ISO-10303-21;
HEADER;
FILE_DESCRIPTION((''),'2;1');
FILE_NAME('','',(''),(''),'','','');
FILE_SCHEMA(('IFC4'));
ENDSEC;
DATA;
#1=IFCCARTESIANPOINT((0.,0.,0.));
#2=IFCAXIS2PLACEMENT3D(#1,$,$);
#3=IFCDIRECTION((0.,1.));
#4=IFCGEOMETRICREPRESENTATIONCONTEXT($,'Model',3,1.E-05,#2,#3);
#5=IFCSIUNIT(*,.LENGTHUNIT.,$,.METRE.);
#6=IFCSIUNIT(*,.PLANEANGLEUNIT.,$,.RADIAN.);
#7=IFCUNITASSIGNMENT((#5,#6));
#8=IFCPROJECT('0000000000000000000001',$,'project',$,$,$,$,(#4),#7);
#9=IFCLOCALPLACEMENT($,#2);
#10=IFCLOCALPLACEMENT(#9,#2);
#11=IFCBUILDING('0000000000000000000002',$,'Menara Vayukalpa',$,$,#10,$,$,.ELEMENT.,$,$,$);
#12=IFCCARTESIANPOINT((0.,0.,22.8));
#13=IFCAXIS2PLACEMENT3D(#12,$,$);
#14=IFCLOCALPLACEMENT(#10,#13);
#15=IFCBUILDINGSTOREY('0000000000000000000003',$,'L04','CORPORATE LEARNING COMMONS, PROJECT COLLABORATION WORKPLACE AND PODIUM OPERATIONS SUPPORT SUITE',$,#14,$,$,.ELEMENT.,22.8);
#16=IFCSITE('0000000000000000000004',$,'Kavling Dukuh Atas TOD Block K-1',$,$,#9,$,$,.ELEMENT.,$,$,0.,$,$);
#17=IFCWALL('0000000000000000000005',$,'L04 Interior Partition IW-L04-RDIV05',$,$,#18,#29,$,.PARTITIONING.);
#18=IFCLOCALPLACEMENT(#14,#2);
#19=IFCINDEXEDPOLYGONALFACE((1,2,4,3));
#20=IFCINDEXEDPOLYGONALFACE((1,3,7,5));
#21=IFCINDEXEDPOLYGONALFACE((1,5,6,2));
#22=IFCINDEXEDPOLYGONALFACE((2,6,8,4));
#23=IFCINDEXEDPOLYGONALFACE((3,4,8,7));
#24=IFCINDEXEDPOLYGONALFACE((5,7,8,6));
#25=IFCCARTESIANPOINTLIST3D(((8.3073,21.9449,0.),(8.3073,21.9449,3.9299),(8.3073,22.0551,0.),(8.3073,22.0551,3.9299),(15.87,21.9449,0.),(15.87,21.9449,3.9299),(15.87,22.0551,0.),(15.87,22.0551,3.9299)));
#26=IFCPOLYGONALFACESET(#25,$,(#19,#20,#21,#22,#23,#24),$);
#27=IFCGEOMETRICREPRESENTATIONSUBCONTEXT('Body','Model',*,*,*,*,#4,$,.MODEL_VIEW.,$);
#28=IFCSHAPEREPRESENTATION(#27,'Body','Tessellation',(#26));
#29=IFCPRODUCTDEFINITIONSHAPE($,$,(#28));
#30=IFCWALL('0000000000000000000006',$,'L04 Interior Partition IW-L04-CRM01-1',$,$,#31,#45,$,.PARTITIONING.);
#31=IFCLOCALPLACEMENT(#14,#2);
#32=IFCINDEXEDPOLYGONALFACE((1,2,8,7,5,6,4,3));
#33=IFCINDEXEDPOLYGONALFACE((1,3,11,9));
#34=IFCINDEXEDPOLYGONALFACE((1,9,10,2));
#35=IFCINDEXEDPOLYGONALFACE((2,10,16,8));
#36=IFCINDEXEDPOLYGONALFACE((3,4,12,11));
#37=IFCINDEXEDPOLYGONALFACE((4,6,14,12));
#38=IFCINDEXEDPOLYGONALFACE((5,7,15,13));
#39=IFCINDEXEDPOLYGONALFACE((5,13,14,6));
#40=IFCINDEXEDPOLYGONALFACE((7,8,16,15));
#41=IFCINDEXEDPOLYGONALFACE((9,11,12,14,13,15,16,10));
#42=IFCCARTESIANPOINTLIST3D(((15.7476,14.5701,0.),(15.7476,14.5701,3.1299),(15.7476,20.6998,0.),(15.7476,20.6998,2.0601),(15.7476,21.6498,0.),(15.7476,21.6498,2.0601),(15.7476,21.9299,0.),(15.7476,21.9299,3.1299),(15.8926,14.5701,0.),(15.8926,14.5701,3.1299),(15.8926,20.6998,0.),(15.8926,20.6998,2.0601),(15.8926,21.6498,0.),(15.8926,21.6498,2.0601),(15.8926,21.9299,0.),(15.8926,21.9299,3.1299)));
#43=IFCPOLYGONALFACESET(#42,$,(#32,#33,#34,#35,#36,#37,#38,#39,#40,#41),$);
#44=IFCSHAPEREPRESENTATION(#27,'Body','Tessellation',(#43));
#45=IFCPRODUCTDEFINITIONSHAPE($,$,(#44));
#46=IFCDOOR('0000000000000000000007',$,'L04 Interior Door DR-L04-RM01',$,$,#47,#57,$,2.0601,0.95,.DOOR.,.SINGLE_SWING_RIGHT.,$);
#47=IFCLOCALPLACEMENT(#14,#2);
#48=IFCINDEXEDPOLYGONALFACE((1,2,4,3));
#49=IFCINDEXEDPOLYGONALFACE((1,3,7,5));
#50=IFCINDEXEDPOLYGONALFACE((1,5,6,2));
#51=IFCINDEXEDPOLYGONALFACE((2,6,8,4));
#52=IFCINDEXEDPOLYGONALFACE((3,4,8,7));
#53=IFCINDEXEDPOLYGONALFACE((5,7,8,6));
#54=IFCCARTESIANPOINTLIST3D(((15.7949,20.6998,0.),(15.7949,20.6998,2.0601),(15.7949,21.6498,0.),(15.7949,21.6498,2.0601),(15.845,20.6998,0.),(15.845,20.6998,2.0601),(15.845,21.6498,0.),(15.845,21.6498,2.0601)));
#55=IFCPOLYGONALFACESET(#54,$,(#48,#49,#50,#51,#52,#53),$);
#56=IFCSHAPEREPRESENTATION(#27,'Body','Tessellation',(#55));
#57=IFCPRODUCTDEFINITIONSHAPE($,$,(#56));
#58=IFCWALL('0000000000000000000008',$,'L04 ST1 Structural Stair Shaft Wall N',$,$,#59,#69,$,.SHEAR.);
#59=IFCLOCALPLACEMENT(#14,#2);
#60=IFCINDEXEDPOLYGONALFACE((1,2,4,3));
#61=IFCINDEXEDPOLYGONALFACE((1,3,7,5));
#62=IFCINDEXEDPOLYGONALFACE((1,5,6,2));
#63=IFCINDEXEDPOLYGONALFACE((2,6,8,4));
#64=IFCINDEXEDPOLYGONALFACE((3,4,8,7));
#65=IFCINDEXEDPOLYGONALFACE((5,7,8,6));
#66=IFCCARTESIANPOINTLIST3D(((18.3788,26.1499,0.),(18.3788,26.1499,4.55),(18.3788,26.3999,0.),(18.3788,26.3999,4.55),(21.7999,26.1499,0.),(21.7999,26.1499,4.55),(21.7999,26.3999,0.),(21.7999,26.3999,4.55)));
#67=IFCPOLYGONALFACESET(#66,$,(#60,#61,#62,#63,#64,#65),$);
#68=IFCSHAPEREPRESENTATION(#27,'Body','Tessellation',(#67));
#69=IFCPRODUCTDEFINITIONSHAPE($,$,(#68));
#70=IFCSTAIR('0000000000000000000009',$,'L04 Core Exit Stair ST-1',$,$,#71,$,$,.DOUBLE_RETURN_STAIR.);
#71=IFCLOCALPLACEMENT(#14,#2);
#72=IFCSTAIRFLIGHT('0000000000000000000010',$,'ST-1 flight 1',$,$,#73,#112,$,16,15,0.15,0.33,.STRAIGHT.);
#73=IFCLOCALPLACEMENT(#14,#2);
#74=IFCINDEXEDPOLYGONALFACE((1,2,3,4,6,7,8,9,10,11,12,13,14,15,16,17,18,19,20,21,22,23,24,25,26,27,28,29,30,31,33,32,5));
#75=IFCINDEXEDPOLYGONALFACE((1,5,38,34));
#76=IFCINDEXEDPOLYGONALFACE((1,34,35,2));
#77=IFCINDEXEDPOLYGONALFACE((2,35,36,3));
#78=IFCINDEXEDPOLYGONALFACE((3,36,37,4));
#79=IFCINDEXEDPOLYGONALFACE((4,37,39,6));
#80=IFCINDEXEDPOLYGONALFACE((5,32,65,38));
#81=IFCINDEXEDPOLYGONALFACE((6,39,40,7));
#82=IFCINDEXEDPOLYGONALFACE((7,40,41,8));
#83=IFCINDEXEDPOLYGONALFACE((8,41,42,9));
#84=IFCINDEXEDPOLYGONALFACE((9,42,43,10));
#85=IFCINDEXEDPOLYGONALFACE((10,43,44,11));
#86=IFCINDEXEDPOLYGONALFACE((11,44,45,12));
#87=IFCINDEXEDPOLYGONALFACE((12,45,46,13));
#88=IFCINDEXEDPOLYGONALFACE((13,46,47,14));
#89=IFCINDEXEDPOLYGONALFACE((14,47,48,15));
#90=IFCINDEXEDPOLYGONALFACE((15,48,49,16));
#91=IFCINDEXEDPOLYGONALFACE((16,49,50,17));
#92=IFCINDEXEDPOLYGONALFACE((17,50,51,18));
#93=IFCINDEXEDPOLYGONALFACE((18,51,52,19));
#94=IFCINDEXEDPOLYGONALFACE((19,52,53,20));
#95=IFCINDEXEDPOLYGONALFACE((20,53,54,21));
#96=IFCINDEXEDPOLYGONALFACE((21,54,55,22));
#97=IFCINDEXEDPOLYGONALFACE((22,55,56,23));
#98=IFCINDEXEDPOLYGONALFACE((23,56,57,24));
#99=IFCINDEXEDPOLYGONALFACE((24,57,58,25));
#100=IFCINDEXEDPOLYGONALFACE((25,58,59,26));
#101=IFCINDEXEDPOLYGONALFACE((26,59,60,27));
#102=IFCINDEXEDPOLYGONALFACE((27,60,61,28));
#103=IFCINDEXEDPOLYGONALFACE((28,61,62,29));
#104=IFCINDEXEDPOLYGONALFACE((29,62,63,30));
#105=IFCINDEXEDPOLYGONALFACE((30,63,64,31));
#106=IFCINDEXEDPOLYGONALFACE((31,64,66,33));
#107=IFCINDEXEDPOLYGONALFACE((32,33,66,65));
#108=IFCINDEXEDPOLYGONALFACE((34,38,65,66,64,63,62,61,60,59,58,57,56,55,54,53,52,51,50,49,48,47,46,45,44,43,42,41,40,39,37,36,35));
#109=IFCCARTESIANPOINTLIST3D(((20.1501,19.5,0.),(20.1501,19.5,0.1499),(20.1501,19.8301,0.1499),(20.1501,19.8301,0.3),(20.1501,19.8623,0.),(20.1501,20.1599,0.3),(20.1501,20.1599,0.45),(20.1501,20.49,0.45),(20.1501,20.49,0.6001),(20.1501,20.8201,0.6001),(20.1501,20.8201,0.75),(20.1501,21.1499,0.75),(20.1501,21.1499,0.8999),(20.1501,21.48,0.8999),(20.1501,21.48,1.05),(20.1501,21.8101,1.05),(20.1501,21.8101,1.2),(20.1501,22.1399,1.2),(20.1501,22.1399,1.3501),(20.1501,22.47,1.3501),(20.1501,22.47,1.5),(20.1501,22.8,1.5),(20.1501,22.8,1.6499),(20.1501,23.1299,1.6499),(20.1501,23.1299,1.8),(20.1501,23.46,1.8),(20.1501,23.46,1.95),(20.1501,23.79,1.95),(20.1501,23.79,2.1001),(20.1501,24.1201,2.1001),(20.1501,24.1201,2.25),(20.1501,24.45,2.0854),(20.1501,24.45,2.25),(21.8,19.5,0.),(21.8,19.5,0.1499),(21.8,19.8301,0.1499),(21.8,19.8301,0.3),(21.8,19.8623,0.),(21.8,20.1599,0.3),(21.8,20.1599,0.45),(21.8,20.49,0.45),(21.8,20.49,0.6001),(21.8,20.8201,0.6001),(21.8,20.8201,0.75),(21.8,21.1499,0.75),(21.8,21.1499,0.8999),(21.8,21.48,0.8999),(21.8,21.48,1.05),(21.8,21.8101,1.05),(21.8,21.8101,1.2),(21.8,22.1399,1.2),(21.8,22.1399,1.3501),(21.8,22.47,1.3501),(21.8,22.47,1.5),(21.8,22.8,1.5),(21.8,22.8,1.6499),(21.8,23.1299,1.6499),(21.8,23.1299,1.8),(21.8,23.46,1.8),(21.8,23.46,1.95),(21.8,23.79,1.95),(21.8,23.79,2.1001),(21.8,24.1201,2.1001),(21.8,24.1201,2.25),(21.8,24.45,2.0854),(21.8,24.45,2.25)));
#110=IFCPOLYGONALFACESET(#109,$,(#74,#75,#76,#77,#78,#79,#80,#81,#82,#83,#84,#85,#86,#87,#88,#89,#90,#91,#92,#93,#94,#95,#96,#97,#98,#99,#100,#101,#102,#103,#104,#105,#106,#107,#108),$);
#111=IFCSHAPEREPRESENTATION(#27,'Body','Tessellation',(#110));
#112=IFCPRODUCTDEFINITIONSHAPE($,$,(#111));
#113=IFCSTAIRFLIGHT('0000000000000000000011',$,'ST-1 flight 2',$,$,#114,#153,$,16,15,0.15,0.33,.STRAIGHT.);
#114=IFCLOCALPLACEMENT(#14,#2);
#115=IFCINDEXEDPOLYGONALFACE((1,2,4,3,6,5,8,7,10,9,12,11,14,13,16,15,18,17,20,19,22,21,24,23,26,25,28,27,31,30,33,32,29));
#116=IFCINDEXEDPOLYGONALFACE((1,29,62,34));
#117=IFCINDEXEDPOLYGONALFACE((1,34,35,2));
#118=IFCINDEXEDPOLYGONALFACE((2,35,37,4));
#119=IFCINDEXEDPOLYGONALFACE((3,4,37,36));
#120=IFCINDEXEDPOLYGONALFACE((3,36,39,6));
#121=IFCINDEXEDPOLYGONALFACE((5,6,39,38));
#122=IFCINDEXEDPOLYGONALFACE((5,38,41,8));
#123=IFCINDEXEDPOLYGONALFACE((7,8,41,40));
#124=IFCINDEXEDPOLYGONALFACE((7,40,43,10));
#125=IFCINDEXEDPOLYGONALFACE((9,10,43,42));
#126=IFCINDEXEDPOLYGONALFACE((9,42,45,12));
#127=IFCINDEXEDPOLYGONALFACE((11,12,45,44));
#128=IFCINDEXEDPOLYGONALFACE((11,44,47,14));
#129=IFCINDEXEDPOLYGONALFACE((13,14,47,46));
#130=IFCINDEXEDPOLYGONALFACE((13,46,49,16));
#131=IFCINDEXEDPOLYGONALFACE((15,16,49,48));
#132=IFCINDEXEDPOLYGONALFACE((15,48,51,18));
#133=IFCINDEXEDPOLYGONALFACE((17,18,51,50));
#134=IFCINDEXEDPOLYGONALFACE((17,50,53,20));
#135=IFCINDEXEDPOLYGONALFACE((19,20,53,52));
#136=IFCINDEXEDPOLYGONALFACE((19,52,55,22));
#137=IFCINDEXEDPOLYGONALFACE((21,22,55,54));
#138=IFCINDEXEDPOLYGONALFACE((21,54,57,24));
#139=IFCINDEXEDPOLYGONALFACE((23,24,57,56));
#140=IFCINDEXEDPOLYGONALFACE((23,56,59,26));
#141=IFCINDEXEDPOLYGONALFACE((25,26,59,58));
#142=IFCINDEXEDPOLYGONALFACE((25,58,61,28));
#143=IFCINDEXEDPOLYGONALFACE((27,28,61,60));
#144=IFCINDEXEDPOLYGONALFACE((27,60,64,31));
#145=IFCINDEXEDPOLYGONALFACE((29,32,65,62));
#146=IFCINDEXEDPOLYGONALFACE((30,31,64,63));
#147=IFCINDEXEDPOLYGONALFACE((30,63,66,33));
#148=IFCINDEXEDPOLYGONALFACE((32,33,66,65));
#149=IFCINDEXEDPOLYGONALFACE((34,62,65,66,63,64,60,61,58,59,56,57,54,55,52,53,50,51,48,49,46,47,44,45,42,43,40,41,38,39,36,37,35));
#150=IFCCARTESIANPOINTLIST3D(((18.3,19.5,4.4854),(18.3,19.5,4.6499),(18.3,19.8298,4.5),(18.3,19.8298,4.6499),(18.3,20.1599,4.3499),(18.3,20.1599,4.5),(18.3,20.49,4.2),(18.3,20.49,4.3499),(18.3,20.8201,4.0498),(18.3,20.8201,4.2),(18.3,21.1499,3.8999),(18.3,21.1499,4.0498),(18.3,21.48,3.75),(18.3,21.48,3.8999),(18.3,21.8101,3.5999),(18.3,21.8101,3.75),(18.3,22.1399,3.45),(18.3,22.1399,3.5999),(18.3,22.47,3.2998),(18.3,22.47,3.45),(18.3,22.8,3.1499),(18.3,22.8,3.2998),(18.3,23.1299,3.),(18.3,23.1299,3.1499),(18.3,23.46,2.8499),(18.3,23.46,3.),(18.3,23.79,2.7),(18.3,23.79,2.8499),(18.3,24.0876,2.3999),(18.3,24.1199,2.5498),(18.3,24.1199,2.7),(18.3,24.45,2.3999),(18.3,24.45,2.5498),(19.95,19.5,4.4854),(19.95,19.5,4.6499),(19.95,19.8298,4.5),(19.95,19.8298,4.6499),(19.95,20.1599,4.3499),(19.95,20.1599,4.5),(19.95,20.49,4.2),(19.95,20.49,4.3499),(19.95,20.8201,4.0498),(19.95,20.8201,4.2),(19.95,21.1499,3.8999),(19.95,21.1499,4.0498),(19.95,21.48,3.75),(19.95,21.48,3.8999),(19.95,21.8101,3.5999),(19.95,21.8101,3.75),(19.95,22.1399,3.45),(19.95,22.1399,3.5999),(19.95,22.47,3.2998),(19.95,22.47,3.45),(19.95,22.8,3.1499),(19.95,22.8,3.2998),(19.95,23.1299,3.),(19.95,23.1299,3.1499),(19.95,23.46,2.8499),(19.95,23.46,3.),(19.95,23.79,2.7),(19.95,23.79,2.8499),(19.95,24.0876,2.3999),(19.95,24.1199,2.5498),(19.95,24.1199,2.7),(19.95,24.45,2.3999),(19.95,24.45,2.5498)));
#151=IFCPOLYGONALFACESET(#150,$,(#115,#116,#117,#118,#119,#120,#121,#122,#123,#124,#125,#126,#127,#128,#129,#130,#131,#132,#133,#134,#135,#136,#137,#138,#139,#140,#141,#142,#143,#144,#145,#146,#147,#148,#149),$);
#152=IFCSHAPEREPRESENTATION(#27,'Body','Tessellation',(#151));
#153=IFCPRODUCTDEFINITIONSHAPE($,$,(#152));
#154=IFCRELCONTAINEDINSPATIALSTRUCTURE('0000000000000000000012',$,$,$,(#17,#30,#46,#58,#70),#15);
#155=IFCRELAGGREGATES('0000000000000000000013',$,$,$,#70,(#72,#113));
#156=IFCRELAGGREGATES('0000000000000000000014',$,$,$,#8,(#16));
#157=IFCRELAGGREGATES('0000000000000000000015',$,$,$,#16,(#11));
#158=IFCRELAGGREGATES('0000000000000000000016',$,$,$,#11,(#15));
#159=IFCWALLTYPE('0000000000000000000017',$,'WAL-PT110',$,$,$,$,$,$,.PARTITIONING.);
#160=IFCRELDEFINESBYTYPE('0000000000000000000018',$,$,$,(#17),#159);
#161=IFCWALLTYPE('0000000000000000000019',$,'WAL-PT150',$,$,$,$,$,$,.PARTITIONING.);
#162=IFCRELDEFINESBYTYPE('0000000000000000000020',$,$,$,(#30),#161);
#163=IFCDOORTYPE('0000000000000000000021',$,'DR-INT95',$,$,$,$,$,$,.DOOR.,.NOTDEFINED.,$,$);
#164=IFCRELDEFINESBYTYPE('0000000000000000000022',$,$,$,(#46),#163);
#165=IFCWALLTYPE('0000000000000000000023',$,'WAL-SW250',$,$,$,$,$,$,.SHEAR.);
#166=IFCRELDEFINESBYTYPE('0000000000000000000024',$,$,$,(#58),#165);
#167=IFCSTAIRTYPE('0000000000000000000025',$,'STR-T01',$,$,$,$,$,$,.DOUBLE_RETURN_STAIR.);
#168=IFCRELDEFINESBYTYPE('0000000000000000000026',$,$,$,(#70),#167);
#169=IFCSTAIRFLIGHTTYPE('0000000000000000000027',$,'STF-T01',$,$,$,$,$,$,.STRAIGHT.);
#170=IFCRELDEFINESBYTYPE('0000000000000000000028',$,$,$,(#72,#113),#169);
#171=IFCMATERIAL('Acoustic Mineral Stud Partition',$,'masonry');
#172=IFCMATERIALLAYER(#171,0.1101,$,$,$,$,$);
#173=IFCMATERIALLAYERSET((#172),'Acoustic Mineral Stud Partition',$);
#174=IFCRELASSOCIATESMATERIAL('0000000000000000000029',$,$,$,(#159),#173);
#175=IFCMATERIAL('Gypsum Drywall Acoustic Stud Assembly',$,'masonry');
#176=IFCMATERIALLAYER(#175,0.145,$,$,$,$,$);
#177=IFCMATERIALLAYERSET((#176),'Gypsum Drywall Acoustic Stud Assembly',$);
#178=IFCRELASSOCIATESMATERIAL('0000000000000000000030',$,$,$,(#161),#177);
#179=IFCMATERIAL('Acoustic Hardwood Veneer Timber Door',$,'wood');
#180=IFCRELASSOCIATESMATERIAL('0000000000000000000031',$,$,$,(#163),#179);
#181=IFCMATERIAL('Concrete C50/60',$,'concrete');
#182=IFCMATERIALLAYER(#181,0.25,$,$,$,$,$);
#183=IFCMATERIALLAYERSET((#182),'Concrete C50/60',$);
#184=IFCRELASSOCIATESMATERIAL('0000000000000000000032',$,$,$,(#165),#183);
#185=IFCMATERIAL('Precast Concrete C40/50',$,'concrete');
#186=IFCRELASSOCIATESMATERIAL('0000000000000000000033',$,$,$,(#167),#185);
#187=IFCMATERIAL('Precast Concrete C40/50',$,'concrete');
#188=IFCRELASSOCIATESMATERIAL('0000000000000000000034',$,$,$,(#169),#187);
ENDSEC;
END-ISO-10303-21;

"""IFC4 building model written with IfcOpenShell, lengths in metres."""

from ifc_helpers import new_model, si_unit, direction, frame, frame_2d, origin, place, context, subcontext, project, spatial, polyline, rectangle, outline, extrude, material, layer, layer_set, type_object, element, fill, aggregate, save


model = new_model("IFC4")

# Units and contexts
model_context = context("Model", 3, precision=1e-05, world=origin(), true_north=direction((0.0, 1.0)))
body_context = subcontext(model_context, "Body", "Model", "MODEL_VIEW")
ifc_project = project(units=[si_unit("LENGTHUNIT", "METRE"), si_unit("PLANEANGLEUNIT", "RADIAN")], contexts=[model_context])

# Site, building, storey
site_placement = place(None, origin())
site = spatial("IfcSite", under=ifc_project, at=site_placement, Name="Kavling Dukuh Atas TOD Block K-1", CompositionType="ELEMENT", RefElevation=0.0)
building_placement = place(site_placement, origin())
building = spatial("IfcBuilding", under=site, at=building_placement, Name="Menara Vayukalpa", CompositionType="ELEMENT")
storey_placement = place(building_placement, frame((0.0, 0.0, 22.8)))
storey = spatial("IfcBuildingStorey", under=building, at=storey_placement, Name="L04", Description="CORPORATE LEARNING COMMONS, PROJECT COLLABORATION WORKPLACE AND PODIUM OPERATIONS SUPPORT SUITE", CompositionType="ELEMENT", Elevation=22.8)

# Wall
ifc_material_1 = material(Name="Acoustic Mineral Stud Partition", Category="masonry")
ifc_layer_1 = layer(ifc_material_1, 0.1101)
ifc_layer_set_1 = layer_set([ifc_layer_1], Name="Acoustic Mineral Stud Partition")
wall_type_1 = type_object("IfcWallType", Name="WAL-PT110", PredefinedType="PARTITIONING", material=ifc_layer_set_1)
wall_1_placement = place(storey_placement, frame((8.3074, 22.0, 0.0), z_axis=(0.0, 0.0, 1.0), x_axis=(1.0, 0.0, 0.0)))
element("IfcWall", 1, at=wall_1_placement, inside=storey, type_object=wall_type_1, Name="L04 Interior Partition IW-L04-RDIV05", PredefinedType="PARTITIONING", context=body_context, shape_type="SweptSolid", body=[
    extrude(rectangle(XDim=7.5627, YDim=0.1101, at=frame_2d((3.7812, 0.0))), origin(), (0.0, 0.0, 1.0), 3.9299),
])

# Wall, opening, door
ifc_material_2 = material(Name="Gypsum Drywall Acoustic Stud Assembly", Category="masonry")
ifc_layer_2 = layer(ifc_material_2, 0.145)
ifc_layer_set_2 = layer_set([ifc_layer_2], Name="Gypsum Drywall Acoustic Stud Assembly")
wall_type_2 = type_object("IfcWallType", Name="WAL-PT150", PredefinedType="PARTITIONING", material=ifc_layer_set_2)
wall_2_placement = place(storey_placement, frame((15.8201, 21.9299, 0.0), z_axis=(0.0, 0.0, 1.0), x_axis=(0.0, -1.0, 0.0)))
wall_2 = element("IfcWall", 2, at=wall_2_placement, inside=storey, type_object=wall_type_2, Name="L04 Interior Partition IW-L04-CRM01-1", PredefinedType="PARTITIONING", context=body_context, shape_type="SweptSolid", body=[
    extrude(rectangle(XDim=7.3599, YDim=0.145, at=frame_2d((3.6799, 0.0))), origin(), (0.0, 0.0, 1.0), 3.1299),
])
opening_1_placement = place(wall_2_placement, frame((0.28, 0.0, 0.0)))
opening_1 = element("IfcOpeningElement", 3, at=opening_1_placement, cuts=wall_2, PredefinedType="OPENING", context=body_context, shape_type="SweptSolid", body=[
    extrude(rectangle(XDim=0.95, YDim=2.0601, at=frame_2d((0.4751, 1.03))), frame((0.0, 0.0825, 0.0), z_axis=(0.0, -1.0, 0.0), x_axis=(1.0, 0.0, 0.0)), (0.0, 0.0, 1.0), 0.165),
])
ifc_material_3 = material(Name="Acoustic Hardwood Veneer Timber Door", Category="wood")
door_type_1 = type_object("IfcDoorType", Name="DR-INT95", OperationType="NOTDEFINED", PredefinedType="DOOR", material=ifc_material_3)
door_1_placement = place(opening_1_placement, origin())
door_1 = element("IfcDoor", 4, at=door_1_placement, inside=storey, type_object=door_type_1, Name="L04 Interior Door DR-L04-RM01", OperationType="SINGLE_SWING_RIGHT", OverallHeight=2.0601, OverallWidth=0.95, PredefinedType="DOOR", context=body_context, shape_type="SweptSolid", body=[
    extrude(rectangle(XDim=0.95, YDim=2.0601, at=frame_2d((0.4751, 1.03))), frame((0.0, 0.0249, 0.0), z_axis=(0.0, -1.0, 0.0), x_axis=(1.0, 0.0, 0.0)), (0.0, 0.0, 1.0), 0.05),
])
fill(opening_1, door_1)

# Wall
ifc_material_4 = material(Name="Concrete C50/60", Category="concrete")
ifc_layer_3 = layer(ifc_material_4, 0.25)
ifc_layer_set_3 = layer_set([ifc_layer_3], Name="Concrete C50/60")
wall_type_3 = type_object("IfcWallType", Name="WAL-SW250", PredefinedType="SHEAR", material=ifc_layer_set_3)
wall_3_placement = place(storey_placement, frame((18.3789, 26.2749, 0.0), z_axis=(0.0, 0.0, 1.0), x_axis=(1.0, 0.0, 0.0)))
element("IfcWall", 5, at=wall_3_placement, inside=storey, type_object=wall_type_3, Name="L04 ST1 Structural Stair Shaft Wall N", PredefinedType="SHEAR", context=body_context, shape_type="SweptSolid", body=[
    extrude(rectangle(XDim=3.4211, YDim=0.25, at=frame_2d((1.7104, 0.0))), origin(), (0.0, 0.0, 1.0), 4.55),
])

# Stair, stair flights
ifc_material_5 = material(Name="Precast Concrete C40/50", Category="concrete")
stair_type = type_object("IfcStairType", Name="STR-T01", PredefinedType="DOUBLE_RETURN_STAIR", material=ifc_material_5)
stair_placement = place(storey_placement, origin())
stair = element("IfcStair", 6, at=stair_placement, inside=storey, type_object=stair_type, Name="L04 Core Exit Stair ST-1", PredefinedType="DOUBLE_RETURN_STAIR")
ifc_material_6 = material(Name="Precast Concrete C40/50", Category="concrete")
stair_flight_type = type_object("IfcStairFlightType", Name="STF-T01", PredefinedType="STRAIGHT", material=ifc_material_6)
stair_flight_1_placement = place(storey_placement, frame((20.9751, 19.5, 0.0), z_axis=(0.0, 0.0, 1.0), x_axis=(0.0, 1.0, 0.0)))
stair_flight_1 = element("IfcStairFlight", 7, at=stair_flight_1_placement, type_object=stair_flight_type, Name="ST-1 flight 1", NumberOfRisers=16, NumberOfTreads=15, PredefinedType="STRAIGHT", RiserHeight=0.15, TreadLength=0.33, context=body_context, shape_type="SweptSolid", body=[
    extrude(outline(polyline([(0.0, 0.0), (0.0, 0.1499), (0.3301, 0.1499), (0.3301, 0.3), (0.6599, 0.3), (0.6599, 0.45), (0.99, 0.45), (0.99, 0.6001), (1.3201, 0.6001), (1.3201, 0.75), (1.6499, 0.75), (1.6499, 0.8999), (1.98, 0.8999), (1.98, 1.05), (2.3101, 1.05), (2.3101, 1.2), (2.6399, 1.2), (2.6399, 1.3501), (2.97, 1.3501), (2.97, 1.5), (3.3, 1.5), (3.3, 1.6499), (3.6299, 1.6499), (3.6299, 1.8), (3.96, 1.8), (3.96, 1.95), (4.29, 1.95), (4.29, 2.1001), (4.6201, 2.1001), (4.6201, 2.25), (4.95, 2.25), (4.95, 2.3999), (4.95, 2.0854), (0.3623, 0.0), (0.0, 0.0)])), frame((0.0, 0.825, 0.0), z_axis=(0.0, -1.0, 0.0), x_axis=(1.0, 0.0, 0.0)), (0.0, 0.0, 1.0), 1.6499),
])
stair_flight_2_placement = place(storey_placement, frame((19.125, 24.45, 2.3999), z_axis=(0.0, 0.0, 1.0), x_axis=(0.0, -1.0, 0.0)))
stair_flight_2 = element("IfcStairFlight", 8, at=stair_flight_2_placement, type_object=stair_flight_type, Name="ST-1 flight 2", NumberOfRisers=16, NumberOfTreads=15, PredefinedType="STRAIGHT", RiserHeight=0.15, TreadLength=0.33, context=body_context, shape_type="SweptSolid", body=[
    extrude(outline(polyline([(0.0, 0.0), (0.0, 0.1499), (0.3301, 0.1499), (0.3301, 0.3), (0.6599, 0.3), (0.6599, 0.45), (0.99, 0.45), (0.99, 0.6001), (1.3201, 0.6001), (1.3201, 0.75), (1.6499, 0.75), (1.6499, 0.8999), (1.98, 0.8999), (1.98, 1.05), (2.3101, 1.05), (2.3101, 1.2), (2.6399, 1.2), (2.6399, 1.3501), (2.97, 1.3501), (2.97, 1.5), (3.3, 1.5), (3.3, 1.6499), (3.6299, 1.6499), (3.6299, 1.8), (3.96, 1.8), (3.96, 1.95), (4.29, 1.95), (4.29, 2.1001), (4.6201, 2.1001), (4.6201, 2.25), (4.95, 2.25), (4.95, 2.3999), (4.95, 2.0854), (0.3623, 0.0), (0.0, 0.0)])), frame((0.0, 0.825, 0.0), z_axis=(0.0, -1.0, 0.0), x_axis=(1.0, 0.0, 0.0)), (0.0, 0.0, 1.0), 1.6499),
])
aggregate(stair, [stair_flight_1, stair_flight_2])

save(model, "model.ifc")
